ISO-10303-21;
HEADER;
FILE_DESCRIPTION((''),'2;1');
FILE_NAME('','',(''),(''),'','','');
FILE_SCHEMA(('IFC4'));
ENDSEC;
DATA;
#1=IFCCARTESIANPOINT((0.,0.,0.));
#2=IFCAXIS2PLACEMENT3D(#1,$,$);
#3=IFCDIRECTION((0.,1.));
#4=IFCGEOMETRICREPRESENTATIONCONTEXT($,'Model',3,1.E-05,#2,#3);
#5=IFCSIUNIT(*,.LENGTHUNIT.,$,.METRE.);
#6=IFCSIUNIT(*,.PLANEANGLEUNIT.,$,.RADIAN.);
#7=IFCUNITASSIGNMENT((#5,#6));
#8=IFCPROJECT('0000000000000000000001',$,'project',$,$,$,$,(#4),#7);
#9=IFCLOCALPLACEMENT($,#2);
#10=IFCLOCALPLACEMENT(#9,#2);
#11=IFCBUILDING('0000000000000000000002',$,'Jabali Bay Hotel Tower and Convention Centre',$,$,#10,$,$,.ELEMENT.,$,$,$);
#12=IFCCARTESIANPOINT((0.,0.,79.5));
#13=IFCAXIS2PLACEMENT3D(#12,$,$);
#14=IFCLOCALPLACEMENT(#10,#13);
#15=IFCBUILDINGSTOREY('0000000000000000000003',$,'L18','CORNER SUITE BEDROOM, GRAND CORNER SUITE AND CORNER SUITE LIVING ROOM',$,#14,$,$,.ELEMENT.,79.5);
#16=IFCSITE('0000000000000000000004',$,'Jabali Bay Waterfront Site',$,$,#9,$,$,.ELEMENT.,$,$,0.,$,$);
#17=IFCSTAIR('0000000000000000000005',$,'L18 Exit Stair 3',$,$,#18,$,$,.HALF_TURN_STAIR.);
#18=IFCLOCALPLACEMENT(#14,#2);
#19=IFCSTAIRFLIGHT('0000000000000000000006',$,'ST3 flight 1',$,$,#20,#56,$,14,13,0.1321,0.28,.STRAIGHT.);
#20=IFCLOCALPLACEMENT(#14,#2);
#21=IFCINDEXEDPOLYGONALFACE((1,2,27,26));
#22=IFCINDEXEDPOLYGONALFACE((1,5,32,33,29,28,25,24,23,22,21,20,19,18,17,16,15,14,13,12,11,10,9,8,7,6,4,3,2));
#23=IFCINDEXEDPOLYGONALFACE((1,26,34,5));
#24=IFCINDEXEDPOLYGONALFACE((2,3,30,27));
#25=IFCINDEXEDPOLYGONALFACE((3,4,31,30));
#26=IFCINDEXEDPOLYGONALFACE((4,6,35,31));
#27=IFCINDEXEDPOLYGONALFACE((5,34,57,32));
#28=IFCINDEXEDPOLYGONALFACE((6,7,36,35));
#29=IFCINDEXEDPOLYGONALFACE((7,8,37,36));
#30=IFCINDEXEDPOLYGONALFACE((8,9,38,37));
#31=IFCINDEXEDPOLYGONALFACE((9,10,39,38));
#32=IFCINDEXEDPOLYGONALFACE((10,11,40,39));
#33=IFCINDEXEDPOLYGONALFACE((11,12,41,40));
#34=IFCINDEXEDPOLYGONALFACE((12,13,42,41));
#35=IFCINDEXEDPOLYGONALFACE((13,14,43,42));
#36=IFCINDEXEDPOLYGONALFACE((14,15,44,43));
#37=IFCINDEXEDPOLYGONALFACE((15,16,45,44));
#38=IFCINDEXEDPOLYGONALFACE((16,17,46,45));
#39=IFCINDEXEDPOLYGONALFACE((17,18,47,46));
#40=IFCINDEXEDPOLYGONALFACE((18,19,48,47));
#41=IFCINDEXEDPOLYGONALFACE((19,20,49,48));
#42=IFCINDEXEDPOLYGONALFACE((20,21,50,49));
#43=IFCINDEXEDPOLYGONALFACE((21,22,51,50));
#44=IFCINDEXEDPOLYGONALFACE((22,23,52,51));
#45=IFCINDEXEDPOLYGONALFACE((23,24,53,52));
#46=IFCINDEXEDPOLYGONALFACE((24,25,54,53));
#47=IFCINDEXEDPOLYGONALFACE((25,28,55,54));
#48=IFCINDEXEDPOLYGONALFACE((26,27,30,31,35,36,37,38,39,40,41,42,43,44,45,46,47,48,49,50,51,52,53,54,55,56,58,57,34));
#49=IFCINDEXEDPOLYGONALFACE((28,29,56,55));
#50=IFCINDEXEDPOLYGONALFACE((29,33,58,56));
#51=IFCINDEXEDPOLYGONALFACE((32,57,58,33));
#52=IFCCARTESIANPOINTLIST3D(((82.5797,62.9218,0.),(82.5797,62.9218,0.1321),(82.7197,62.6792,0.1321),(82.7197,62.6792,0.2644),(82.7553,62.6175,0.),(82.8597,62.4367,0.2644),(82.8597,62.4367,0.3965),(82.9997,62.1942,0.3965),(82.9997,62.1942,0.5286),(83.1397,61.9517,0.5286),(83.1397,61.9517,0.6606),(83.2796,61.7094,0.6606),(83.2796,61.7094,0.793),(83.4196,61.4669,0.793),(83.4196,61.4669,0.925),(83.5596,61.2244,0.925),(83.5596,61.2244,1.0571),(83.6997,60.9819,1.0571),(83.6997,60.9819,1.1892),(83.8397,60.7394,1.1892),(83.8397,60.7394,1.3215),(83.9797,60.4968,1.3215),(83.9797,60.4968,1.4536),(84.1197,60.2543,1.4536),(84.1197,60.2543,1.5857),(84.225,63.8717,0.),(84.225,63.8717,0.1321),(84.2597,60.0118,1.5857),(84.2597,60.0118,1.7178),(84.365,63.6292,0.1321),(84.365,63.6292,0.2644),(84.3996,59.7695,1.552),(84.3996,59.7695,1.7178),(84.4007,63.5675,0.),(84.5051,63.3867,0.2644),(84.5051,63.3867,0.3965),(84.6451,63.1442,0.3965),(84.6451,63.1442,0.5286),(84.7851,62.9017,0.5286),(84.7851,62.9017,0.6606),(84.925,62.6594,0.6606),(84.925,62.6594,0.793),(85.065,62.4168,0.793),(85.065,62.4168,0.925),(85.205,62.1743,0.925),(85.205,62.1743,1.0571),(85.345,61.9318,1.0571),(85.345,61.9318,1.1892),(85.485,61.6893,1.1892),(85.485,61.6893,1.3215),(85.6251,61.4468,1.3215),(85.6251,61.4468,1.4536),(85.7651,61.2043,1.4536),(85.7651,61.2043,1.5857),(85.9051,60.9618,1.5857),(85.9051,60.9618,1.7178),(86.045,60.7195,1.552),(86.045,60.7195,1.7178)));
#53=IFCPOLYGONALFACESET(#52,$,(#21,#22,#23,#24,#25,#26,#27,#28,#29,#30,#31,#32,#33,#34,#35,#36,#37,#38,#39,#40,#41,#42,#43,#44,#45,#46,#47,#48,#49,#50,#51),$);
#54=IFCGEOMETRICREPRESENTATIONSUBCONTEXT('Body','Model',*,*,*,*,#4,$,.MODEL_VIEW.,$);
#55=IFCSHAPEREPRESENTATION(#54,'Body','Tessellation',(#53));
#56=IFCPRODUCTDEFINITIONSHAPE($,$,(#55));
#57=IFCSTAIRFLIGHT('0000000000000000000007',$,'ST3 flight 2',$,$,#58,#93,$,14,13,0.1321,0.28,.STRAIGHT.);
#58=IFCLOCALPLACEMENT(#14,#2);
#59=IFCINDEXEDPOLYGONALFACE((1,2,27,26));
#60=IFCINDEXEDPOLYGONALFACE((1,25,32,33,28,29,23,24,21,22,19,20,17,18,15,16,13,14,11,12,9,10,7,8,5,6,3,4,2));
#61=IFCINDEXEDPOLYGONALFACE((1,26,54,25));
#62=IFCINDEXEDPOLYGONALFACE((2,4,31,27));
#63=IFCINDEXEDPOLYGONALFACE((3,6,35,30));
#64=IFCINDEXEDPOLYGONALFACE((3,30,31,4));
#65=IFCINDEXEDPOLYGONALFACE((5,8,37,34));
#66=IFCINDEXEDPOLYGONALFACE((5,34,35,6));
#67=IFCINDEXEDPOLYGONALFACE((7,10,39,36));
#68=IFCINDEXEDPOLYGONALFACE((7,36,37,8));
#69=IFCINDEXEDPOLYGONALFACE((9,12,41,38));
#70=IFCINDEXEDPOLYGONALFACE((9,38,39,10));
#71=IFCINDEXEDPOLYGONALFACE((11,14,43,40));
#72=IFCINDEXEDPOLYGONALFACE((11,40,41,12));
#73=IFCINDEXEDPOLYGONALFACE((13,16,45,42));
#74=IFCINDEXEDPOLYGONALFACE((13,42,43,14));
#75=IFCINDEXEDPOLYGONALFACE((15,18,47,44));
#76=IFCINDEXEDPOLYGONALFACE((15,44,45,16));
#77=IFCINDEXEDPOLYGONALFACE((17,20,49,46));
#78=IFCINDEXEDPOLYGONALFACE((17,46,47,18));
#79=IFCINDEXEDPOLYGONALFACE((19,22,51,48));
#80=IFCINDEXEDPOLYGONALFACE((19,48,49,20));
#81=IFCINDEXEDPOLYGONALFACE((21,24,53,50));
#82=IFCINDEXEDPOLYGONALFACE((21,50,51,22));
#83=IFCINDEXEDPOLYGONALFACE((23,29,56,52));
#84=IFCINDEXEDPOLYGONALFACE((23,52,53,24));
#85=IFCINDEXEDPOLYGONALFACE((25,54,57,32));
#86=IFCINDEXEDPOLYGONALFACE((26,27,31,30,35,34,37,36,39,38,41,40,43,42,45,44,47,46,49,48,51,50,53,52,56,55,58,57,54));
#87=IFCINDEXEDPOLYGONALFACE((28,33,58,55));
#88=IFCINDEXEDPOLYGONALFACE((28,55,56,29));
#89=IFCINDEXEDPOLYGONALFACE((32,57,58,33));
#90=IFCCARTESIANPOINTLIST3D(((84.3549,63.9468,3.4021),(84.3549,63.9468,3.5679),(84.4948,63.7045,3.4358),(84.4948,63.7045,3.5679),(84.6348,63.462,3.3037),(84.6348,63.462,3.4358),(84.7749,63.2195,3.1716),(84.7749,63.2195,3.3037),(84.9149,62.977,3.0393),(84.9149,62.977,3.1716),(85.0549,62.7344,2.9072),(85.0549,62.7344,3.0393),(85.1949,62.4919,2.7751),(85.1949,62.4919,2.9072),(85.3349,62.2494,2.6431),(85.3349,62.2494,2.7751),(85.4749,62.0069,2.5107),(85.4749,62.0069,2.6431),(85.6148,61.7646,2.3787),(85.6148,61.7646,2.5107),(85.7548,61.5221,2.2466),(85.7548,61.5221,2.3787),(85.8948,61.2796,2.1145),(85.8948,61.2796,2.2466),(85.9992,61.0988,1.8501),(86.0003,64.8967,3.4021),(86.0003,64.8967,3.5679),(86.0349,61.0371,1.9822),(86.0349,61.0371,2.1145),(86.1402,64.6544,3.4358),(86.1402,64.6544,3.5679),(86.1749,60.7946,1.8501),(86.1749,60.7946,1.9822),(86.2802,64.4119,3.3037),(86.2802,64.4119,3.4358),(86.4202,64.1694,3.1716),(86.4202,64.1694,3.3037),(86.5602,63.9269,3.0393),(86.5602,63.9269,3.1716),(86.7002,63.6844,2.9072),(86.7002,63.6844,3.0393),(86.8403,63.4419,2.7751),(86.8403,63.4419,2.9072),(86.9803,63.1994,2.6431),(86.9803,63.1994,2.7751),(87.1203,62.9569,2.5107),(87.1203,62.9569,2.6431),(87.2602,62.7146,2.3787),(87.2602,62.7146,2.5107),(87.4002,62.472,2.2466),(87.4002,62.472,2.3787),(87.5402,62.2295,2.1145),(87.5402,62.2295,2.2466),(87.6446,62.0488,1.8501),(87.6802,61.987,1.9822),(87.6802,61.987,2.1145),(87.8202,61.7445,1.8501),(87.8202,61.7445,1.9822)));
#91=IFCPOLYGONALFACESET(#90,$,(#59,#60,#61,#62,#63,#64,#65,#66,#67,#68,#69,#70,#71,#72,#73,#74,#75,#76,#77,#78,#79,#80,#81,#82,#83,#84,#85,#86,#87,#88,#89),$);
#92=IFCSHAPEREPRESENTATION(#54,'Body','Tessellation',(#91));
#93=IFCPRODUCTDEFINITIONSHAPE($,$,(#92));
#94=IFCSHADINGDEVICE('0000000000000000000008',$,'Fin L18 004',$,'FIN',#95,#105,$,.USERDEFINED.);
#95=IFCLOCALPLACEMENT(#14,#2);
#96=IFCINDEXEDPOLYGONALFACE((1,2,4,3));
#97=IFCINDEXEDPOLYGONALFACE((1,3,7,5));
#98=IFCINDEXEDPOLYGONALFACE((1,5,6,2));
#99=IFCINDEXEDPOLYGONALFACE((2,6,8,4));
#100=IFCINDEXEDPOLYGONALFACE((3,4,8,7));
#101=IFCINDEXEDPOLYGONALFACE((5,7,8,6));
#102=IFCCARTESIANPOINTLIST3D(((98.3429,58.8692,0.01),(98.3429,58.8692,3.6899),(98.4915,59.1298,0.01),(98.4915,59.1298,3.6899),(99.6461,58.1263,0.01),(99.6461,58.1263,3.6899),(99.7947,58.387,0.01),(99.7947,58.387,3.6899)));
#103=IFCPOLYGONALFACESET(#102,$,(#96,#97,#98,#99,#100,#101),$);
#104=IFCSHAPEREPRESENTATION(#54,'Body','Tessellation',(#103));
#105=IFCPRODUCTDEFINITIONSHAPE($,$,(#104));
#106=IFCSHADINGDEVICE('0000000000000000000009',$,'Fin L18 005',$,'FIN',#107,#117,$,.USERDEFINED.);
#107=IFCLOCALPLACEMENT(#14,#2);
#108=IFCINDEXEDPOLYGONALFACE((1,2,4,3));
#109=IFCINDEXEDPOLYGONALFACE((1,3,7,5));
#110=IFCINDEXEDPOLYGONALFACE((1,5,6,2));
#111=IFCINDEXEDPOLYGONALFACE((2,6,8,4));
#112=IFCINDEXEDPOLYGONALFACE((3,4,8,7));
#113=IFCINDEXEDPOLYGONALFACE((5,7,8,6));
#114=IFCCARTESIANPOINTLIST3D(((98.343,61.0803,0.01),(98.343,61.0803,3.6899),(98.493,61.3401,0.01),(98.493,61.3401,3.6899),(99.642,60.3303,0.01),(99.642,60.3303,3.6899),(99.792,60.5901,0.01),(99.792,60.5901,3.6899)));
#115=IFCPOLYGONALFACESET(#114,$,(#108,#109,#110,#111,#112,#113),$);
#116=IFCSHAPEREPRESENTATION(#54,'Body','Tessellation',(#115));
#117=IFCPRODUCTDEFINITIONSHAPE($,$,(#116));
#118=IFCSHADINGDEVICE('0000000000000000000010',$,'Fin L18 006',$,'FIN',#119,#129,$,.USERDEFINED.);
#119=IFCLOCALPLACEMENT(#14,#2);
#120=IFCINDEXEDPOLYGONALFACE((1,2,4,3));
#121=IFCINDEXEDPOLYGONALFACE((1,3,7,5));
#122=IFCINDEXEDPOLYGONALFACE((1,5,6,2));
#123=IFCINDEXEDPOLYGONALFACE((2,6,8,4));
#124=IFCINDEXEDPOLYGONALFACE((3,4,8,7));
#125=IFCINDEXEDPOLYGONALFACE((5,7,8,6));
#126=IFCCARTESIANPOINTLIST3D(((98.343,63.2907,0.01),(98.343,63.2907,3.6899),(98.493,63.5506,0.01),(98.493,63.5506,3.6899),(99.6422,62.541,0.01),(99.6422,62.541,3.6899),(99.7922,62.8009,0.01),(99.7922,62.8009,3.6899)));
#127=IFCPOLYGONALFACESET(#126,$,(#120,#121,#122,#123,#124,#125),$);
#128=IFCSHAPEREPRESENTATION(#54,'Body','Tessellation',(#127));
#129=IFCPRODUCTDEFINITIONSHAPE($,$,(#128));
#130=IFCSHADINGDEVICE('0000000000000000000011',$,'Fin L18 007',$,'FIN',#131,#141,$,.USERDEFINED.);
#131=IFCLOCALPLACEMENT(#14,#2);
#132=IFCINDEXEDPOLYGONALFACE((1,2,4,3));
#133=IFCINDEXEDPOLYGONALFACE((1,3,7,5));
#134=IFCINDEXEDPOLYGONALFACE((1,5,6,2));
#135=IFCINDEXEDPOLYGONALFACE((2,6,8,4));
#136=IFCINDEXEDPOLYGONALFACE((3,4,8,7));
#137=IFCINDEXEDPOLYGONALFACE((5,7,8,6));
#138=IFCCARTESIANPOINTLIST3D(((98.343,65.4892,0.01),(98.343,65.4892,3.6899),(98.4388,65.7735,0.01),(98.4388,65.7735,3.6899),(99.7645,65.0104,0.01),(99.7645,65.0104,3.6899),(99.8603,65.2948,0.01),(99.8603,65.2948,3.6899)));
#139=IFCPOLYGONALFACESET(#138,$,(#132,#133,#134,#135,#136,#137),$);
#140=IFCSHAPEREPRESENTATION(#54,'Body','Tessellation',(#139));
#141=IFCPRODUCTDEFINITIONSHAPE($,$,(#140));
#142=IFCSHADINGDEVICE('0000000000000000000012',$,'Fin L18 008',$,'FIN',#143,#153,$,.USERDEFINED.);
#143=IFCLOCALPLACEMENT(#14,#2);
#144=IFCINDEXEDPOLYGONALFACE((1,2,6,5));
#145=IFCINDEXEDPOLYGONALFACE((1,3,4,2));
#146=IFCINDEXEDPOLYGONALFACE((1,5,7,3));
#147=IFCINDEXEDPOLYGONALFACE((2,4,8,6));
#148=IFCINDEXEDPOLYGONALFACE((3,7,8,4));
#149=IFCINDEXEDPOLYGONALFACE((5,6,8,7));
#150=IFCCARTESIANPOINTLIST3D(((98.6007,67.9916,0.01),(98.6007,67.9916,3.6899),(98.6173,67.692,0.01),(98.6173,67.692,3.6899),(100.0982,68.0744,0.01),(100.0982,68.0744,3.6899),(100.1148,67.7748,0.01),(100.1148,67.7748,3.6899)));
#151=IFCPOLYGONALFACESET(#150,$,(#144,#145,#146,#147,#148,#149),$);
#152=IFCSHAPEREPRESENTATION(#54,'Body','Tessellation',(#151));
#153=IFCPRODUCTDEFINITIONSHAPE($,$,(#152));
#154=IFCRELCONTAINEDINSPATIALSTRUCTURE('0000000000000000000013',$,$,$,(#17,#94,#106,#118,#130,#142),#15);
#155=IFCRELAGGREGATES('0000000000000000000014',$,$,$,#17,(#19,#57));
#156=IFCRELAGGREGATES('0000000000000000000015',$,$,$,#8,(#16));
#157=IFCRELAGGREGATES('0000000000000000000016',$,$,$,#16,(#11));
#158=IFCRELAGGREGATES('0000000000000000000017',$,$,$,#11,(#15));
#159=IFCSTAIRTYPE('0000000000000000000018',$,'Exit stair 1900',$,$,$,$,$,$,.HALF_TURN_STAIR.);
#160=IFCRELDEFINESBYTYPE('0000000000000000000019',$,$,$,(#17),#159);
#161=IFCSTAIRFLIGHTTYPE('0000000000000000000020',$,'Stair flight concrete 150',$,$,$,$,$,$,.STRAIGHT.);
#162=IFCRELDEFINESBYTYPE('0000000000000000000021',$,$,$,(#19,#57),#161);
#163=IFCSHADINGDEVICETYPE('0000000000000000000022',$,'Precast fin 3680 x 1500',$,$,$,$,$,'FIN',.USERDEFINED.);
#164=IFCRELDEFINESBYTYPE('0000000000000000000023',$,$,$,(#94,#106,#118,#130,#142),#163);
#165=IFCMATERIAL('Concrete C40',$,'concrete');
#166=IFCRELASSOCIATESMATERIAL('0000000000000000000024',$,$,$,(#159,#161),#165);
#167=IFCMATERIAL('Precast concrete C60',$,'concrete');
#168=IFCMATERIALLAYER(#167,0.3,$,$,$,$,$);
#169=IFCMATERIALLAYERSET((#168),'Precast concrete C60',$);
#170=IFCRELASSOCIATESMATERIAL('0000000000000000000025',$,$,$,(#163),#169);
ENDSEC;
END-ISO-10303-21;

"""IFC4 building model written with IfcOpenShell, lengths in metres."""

from ifc_helpers import new_model, si_unit, direction, frame, frame_2d, origin, place, context, subcontext, project, spatial, polyline, rectangle, outline, extrude, material, layer, layer_set, type_object, element, aggregate, save


model = new_model("IFC4")

# Units and contexts
model_context = context("Model", 3, precision=1e-05, world=origin(), true_north=direction((0.0, 1.0)))
body_context = subcontext(model_context, "Body", "Model", "MODEL_VIEW")
ifc_project = project(units=[si_unit("LENGTHUNIT", "METRE"), si_unit("PLANEANGLEUNIT", "RADIAN")], contexts=[model_context])

# Site, building, storey
site_placement = place(None, origin())
site = spatial("IfcSite", under=ifc_project, at=site_placement, Name="Jabali Bay Waterfront Site", CompositionType="ELEMENT", RefElevation=0.0)
building_placement = place(site_placement, origin())
building = spatial("IfcBuilding", under=site, at=building_placement, Name="Jabali Bay Hotel Tower and Convention Centre", CompositionType="ELEMENT")
storey_placement = place(building_placement, frame((0.0, 0.0, 79.5)))
storey = spatial("IfcBuildingStorey", under=building, at=storey_placement, Name="L18", Description="CORNER SUITE BEDROOM, GRAND CORNER SUITE AND CORNER SUITE LIVING ROOM", CompositionType="ELEMENT", Elevation=79.5)

# Shared definitions
ifc_material_1 = material(Name="Concrete C40", Category="concrete")

# Stair, stair flights
stair_type = type_object("IfcStairType", Name="Exit stair 1900", PredefinedType="HALF_TURN_STAIR", material=ifc_material_1)
stair_placement = place(storey_placement, origin())
stair = element("IfcStair", 1, at=stair_placement, inside=storey, type_object=stair_type, Name="L18 Exit Stair 3", PredefinedType="HALF_TURN_STAIR")
stair_flight_type = type_object("IfcStairFlightType", Name="Stair flight concrete 150", PredefinedType="STRAIGHT", material=ifc_material_1)
stair_flight_1_placement = place(storey_placement, frame((83.4023, 63.3967, 0.0), z_axis=(0.0, 0.0, 1.0), x_axis=(0.5, -0.866025, 0.0)))
stair_flight_1 = element("IfcStairFlight", 2, at=stair_flight_1_placement, type_object=stair_flight_type, Name="ST3 flight 1", NumberOfRisers=14, NumberOfTreads=13, PredefinedType="STRAIGHT", RiserHeight=0.1321, TreadLength=0.28, context=body_context, shape_type="SweptSolid", body=[
    extrude(outline(polyline([(0.0, 0.0), (0.0, 0.1321), (0.28, 0.1321), (0.28, 0.2644), (0.5601, 0.2644), (0.5601, 0.3965), (0.8401, 0.3965), (0.8401, 0.5286), (1.1201, 0.5286), (1.1201, 0.6606), (1.3999, 0.6606), (1.3999, 0.793), (1.6799, 0.793), (1.6799, 0.925), (1.96, 0.925), (1.96, 1.0571), (2.24, 1.0571), (2.24, 1.1892), (2.52, 1.1892), (2.52, 1.3215), (2.8, 1.3215), (2.8, 1.4536), (3.0801, 1.4536), (3.0801, 1.5857), (3.3601, 1.5857), (3.3601, 1.7178), (3.6399, 1.7178), (3.6399, 1.8501), (3.6399, 1.552), (0.3513, 0.0), (0.0, 0.0)])), frame((0.0, 0.95, 0.0), z_axis=(0.0, -1.0, 0.0), x_axis=(1.0, 0.0, 0.0)), (0.0, 0.0, 1.0), 1.8999),
])
stair_flight_2_placement = place(storey_placement, frame((86.9976, 61.2695, 1.8501), z_axis=(0.0, 0.0, 1.0), x_axis=(-0.5, 0.866025, 0.0)))
stair_flight_2 = element("IfcStairFlight", 3, at=stair_flight_2_placement, type_object=stair_flight_type, Name="ST3 flight 2", NumberOfRisers=14, NumberOfTreads=13, PredefinedType="STRAIGHT", RiserHeight=0.1321, TreadLength=0.28, context=body_context, shape_type="SweptSolid", body=[
    extrude(outline(polyline([(0.0, 0.0), (0.0, 0.1321), (0.28, 0.1321), (0.28, 0.2644), (0.5601, 0.2644), (0.5601, 0.3965), (0.8401, 0.3965), (0.8401, 0.5286), (1.1201, 0.5286), (1.1201, 0.6606), (1.3999, 0.6606), (1.3999, 0.793), (1.6799, 0.793), (1.6799, 0.925), (1.96, 0.925), (1.96, 1.0571), (2.24, 1.0571), (2.24, 1.1892), (2.52, 1.1892), (2.52, 1.3215), (2.8, 1.3215), (2.8, 1.4536), (3.0801, 1.4536), (3.0801, 1.5857), (3.3601, 1.5857), (3.3601, 1.7178), (3.6399, 1.7178), (3.6399, 1.8501), (3.6399, 1.552), (0.3513, 0.0), (0.0, 0.0)])), frame((0.0, 0.95, 0.0), z_axis=(0.0, -1.0, 0.0), x_axis=(1.0, 0.0, 0.0)), (0.0, 0.0, 1.0), 1.8999),
])
aggregate(stair, [stair_flight_1, stair_flight_2])

# Shading devices
ifc_material_2 = material(Name="Precast concrete C60", Category="concrete")
ifc_layer_1 = layer(ifc_material_2, 0.3)
ifc_layer_set_1 = layer_set([ifc_layer_1], Name="Precast concrete C60")
shading_device_type = type_object("IfcShadingDeviceType", Name="Precast fin 3680 x 1500", ElementType="FIN", PredefinedType="USERDEFINED", material=ifc_layer_set_1)
for number, where, z_axis, x_axis, name in (
    (4, (98.4172, 58.9995, 0.01), (0.0, 0.0, 1.0), (0.868753, -0.495245, 0.0), "Fin L18 004"),
    (5, (98.418, 61.2102, 0.01), (0.0, 0.0, 1.0), (0.866031, -0.49999, 0.0), "Fin L18 005"),
    (6, (98.418, 63.4207, 0.01), (0.0, 0.0, 1.0), (0.866142, -0.499798, 0.0), "Fin L18 006"),
    (7, (98.3909, 65.6313, 0.01), (0.0, 0.0, 1.0), (0.947702, -0.319156, 0.0), "Fin L18 007"),
):
    element("IfcShadingDevice", number, at=place(storey_placement, frame(where, z_axis=z_axis, x_axis=x_axis)), inside=storey, type_object=shading_device_type, Name=name, ObjectType="FIN", PredefinedType="USERDEFINED", context=body_context, shape_type="SweptSolid", body=[
        extrude(rectangle(XDim=1.5, YDim=0.3, at=frame_2d((0.75, 0.0))), origin(), (0.0, 0.0, 1.0), 3.6799),
    ])
shading_device_placement = place(storey_placement, frame((98.6089, 67.8418, 0.01), z_axis=(0.0, 0.0, 1.0), x_axis=(0.998476, 0.055182, 0.0)))
element("IfcShadingDevice", 8, at=shading_device_placement, inside=storey, type_object=shading_device_type, Name="Fin L18 008", ObjectType="FIN", PredefinedType="USERDEFINED", context=body_context, shape_type="SweptSolid", body=[
    extrude(rectangle(XDim=1.4998, YDim=0.3, at=frame_2d((0.75, 0.0))), origin(), (0.0, 0.0, 1.0), 3.6799),
])

save(model, "model.ifc")
